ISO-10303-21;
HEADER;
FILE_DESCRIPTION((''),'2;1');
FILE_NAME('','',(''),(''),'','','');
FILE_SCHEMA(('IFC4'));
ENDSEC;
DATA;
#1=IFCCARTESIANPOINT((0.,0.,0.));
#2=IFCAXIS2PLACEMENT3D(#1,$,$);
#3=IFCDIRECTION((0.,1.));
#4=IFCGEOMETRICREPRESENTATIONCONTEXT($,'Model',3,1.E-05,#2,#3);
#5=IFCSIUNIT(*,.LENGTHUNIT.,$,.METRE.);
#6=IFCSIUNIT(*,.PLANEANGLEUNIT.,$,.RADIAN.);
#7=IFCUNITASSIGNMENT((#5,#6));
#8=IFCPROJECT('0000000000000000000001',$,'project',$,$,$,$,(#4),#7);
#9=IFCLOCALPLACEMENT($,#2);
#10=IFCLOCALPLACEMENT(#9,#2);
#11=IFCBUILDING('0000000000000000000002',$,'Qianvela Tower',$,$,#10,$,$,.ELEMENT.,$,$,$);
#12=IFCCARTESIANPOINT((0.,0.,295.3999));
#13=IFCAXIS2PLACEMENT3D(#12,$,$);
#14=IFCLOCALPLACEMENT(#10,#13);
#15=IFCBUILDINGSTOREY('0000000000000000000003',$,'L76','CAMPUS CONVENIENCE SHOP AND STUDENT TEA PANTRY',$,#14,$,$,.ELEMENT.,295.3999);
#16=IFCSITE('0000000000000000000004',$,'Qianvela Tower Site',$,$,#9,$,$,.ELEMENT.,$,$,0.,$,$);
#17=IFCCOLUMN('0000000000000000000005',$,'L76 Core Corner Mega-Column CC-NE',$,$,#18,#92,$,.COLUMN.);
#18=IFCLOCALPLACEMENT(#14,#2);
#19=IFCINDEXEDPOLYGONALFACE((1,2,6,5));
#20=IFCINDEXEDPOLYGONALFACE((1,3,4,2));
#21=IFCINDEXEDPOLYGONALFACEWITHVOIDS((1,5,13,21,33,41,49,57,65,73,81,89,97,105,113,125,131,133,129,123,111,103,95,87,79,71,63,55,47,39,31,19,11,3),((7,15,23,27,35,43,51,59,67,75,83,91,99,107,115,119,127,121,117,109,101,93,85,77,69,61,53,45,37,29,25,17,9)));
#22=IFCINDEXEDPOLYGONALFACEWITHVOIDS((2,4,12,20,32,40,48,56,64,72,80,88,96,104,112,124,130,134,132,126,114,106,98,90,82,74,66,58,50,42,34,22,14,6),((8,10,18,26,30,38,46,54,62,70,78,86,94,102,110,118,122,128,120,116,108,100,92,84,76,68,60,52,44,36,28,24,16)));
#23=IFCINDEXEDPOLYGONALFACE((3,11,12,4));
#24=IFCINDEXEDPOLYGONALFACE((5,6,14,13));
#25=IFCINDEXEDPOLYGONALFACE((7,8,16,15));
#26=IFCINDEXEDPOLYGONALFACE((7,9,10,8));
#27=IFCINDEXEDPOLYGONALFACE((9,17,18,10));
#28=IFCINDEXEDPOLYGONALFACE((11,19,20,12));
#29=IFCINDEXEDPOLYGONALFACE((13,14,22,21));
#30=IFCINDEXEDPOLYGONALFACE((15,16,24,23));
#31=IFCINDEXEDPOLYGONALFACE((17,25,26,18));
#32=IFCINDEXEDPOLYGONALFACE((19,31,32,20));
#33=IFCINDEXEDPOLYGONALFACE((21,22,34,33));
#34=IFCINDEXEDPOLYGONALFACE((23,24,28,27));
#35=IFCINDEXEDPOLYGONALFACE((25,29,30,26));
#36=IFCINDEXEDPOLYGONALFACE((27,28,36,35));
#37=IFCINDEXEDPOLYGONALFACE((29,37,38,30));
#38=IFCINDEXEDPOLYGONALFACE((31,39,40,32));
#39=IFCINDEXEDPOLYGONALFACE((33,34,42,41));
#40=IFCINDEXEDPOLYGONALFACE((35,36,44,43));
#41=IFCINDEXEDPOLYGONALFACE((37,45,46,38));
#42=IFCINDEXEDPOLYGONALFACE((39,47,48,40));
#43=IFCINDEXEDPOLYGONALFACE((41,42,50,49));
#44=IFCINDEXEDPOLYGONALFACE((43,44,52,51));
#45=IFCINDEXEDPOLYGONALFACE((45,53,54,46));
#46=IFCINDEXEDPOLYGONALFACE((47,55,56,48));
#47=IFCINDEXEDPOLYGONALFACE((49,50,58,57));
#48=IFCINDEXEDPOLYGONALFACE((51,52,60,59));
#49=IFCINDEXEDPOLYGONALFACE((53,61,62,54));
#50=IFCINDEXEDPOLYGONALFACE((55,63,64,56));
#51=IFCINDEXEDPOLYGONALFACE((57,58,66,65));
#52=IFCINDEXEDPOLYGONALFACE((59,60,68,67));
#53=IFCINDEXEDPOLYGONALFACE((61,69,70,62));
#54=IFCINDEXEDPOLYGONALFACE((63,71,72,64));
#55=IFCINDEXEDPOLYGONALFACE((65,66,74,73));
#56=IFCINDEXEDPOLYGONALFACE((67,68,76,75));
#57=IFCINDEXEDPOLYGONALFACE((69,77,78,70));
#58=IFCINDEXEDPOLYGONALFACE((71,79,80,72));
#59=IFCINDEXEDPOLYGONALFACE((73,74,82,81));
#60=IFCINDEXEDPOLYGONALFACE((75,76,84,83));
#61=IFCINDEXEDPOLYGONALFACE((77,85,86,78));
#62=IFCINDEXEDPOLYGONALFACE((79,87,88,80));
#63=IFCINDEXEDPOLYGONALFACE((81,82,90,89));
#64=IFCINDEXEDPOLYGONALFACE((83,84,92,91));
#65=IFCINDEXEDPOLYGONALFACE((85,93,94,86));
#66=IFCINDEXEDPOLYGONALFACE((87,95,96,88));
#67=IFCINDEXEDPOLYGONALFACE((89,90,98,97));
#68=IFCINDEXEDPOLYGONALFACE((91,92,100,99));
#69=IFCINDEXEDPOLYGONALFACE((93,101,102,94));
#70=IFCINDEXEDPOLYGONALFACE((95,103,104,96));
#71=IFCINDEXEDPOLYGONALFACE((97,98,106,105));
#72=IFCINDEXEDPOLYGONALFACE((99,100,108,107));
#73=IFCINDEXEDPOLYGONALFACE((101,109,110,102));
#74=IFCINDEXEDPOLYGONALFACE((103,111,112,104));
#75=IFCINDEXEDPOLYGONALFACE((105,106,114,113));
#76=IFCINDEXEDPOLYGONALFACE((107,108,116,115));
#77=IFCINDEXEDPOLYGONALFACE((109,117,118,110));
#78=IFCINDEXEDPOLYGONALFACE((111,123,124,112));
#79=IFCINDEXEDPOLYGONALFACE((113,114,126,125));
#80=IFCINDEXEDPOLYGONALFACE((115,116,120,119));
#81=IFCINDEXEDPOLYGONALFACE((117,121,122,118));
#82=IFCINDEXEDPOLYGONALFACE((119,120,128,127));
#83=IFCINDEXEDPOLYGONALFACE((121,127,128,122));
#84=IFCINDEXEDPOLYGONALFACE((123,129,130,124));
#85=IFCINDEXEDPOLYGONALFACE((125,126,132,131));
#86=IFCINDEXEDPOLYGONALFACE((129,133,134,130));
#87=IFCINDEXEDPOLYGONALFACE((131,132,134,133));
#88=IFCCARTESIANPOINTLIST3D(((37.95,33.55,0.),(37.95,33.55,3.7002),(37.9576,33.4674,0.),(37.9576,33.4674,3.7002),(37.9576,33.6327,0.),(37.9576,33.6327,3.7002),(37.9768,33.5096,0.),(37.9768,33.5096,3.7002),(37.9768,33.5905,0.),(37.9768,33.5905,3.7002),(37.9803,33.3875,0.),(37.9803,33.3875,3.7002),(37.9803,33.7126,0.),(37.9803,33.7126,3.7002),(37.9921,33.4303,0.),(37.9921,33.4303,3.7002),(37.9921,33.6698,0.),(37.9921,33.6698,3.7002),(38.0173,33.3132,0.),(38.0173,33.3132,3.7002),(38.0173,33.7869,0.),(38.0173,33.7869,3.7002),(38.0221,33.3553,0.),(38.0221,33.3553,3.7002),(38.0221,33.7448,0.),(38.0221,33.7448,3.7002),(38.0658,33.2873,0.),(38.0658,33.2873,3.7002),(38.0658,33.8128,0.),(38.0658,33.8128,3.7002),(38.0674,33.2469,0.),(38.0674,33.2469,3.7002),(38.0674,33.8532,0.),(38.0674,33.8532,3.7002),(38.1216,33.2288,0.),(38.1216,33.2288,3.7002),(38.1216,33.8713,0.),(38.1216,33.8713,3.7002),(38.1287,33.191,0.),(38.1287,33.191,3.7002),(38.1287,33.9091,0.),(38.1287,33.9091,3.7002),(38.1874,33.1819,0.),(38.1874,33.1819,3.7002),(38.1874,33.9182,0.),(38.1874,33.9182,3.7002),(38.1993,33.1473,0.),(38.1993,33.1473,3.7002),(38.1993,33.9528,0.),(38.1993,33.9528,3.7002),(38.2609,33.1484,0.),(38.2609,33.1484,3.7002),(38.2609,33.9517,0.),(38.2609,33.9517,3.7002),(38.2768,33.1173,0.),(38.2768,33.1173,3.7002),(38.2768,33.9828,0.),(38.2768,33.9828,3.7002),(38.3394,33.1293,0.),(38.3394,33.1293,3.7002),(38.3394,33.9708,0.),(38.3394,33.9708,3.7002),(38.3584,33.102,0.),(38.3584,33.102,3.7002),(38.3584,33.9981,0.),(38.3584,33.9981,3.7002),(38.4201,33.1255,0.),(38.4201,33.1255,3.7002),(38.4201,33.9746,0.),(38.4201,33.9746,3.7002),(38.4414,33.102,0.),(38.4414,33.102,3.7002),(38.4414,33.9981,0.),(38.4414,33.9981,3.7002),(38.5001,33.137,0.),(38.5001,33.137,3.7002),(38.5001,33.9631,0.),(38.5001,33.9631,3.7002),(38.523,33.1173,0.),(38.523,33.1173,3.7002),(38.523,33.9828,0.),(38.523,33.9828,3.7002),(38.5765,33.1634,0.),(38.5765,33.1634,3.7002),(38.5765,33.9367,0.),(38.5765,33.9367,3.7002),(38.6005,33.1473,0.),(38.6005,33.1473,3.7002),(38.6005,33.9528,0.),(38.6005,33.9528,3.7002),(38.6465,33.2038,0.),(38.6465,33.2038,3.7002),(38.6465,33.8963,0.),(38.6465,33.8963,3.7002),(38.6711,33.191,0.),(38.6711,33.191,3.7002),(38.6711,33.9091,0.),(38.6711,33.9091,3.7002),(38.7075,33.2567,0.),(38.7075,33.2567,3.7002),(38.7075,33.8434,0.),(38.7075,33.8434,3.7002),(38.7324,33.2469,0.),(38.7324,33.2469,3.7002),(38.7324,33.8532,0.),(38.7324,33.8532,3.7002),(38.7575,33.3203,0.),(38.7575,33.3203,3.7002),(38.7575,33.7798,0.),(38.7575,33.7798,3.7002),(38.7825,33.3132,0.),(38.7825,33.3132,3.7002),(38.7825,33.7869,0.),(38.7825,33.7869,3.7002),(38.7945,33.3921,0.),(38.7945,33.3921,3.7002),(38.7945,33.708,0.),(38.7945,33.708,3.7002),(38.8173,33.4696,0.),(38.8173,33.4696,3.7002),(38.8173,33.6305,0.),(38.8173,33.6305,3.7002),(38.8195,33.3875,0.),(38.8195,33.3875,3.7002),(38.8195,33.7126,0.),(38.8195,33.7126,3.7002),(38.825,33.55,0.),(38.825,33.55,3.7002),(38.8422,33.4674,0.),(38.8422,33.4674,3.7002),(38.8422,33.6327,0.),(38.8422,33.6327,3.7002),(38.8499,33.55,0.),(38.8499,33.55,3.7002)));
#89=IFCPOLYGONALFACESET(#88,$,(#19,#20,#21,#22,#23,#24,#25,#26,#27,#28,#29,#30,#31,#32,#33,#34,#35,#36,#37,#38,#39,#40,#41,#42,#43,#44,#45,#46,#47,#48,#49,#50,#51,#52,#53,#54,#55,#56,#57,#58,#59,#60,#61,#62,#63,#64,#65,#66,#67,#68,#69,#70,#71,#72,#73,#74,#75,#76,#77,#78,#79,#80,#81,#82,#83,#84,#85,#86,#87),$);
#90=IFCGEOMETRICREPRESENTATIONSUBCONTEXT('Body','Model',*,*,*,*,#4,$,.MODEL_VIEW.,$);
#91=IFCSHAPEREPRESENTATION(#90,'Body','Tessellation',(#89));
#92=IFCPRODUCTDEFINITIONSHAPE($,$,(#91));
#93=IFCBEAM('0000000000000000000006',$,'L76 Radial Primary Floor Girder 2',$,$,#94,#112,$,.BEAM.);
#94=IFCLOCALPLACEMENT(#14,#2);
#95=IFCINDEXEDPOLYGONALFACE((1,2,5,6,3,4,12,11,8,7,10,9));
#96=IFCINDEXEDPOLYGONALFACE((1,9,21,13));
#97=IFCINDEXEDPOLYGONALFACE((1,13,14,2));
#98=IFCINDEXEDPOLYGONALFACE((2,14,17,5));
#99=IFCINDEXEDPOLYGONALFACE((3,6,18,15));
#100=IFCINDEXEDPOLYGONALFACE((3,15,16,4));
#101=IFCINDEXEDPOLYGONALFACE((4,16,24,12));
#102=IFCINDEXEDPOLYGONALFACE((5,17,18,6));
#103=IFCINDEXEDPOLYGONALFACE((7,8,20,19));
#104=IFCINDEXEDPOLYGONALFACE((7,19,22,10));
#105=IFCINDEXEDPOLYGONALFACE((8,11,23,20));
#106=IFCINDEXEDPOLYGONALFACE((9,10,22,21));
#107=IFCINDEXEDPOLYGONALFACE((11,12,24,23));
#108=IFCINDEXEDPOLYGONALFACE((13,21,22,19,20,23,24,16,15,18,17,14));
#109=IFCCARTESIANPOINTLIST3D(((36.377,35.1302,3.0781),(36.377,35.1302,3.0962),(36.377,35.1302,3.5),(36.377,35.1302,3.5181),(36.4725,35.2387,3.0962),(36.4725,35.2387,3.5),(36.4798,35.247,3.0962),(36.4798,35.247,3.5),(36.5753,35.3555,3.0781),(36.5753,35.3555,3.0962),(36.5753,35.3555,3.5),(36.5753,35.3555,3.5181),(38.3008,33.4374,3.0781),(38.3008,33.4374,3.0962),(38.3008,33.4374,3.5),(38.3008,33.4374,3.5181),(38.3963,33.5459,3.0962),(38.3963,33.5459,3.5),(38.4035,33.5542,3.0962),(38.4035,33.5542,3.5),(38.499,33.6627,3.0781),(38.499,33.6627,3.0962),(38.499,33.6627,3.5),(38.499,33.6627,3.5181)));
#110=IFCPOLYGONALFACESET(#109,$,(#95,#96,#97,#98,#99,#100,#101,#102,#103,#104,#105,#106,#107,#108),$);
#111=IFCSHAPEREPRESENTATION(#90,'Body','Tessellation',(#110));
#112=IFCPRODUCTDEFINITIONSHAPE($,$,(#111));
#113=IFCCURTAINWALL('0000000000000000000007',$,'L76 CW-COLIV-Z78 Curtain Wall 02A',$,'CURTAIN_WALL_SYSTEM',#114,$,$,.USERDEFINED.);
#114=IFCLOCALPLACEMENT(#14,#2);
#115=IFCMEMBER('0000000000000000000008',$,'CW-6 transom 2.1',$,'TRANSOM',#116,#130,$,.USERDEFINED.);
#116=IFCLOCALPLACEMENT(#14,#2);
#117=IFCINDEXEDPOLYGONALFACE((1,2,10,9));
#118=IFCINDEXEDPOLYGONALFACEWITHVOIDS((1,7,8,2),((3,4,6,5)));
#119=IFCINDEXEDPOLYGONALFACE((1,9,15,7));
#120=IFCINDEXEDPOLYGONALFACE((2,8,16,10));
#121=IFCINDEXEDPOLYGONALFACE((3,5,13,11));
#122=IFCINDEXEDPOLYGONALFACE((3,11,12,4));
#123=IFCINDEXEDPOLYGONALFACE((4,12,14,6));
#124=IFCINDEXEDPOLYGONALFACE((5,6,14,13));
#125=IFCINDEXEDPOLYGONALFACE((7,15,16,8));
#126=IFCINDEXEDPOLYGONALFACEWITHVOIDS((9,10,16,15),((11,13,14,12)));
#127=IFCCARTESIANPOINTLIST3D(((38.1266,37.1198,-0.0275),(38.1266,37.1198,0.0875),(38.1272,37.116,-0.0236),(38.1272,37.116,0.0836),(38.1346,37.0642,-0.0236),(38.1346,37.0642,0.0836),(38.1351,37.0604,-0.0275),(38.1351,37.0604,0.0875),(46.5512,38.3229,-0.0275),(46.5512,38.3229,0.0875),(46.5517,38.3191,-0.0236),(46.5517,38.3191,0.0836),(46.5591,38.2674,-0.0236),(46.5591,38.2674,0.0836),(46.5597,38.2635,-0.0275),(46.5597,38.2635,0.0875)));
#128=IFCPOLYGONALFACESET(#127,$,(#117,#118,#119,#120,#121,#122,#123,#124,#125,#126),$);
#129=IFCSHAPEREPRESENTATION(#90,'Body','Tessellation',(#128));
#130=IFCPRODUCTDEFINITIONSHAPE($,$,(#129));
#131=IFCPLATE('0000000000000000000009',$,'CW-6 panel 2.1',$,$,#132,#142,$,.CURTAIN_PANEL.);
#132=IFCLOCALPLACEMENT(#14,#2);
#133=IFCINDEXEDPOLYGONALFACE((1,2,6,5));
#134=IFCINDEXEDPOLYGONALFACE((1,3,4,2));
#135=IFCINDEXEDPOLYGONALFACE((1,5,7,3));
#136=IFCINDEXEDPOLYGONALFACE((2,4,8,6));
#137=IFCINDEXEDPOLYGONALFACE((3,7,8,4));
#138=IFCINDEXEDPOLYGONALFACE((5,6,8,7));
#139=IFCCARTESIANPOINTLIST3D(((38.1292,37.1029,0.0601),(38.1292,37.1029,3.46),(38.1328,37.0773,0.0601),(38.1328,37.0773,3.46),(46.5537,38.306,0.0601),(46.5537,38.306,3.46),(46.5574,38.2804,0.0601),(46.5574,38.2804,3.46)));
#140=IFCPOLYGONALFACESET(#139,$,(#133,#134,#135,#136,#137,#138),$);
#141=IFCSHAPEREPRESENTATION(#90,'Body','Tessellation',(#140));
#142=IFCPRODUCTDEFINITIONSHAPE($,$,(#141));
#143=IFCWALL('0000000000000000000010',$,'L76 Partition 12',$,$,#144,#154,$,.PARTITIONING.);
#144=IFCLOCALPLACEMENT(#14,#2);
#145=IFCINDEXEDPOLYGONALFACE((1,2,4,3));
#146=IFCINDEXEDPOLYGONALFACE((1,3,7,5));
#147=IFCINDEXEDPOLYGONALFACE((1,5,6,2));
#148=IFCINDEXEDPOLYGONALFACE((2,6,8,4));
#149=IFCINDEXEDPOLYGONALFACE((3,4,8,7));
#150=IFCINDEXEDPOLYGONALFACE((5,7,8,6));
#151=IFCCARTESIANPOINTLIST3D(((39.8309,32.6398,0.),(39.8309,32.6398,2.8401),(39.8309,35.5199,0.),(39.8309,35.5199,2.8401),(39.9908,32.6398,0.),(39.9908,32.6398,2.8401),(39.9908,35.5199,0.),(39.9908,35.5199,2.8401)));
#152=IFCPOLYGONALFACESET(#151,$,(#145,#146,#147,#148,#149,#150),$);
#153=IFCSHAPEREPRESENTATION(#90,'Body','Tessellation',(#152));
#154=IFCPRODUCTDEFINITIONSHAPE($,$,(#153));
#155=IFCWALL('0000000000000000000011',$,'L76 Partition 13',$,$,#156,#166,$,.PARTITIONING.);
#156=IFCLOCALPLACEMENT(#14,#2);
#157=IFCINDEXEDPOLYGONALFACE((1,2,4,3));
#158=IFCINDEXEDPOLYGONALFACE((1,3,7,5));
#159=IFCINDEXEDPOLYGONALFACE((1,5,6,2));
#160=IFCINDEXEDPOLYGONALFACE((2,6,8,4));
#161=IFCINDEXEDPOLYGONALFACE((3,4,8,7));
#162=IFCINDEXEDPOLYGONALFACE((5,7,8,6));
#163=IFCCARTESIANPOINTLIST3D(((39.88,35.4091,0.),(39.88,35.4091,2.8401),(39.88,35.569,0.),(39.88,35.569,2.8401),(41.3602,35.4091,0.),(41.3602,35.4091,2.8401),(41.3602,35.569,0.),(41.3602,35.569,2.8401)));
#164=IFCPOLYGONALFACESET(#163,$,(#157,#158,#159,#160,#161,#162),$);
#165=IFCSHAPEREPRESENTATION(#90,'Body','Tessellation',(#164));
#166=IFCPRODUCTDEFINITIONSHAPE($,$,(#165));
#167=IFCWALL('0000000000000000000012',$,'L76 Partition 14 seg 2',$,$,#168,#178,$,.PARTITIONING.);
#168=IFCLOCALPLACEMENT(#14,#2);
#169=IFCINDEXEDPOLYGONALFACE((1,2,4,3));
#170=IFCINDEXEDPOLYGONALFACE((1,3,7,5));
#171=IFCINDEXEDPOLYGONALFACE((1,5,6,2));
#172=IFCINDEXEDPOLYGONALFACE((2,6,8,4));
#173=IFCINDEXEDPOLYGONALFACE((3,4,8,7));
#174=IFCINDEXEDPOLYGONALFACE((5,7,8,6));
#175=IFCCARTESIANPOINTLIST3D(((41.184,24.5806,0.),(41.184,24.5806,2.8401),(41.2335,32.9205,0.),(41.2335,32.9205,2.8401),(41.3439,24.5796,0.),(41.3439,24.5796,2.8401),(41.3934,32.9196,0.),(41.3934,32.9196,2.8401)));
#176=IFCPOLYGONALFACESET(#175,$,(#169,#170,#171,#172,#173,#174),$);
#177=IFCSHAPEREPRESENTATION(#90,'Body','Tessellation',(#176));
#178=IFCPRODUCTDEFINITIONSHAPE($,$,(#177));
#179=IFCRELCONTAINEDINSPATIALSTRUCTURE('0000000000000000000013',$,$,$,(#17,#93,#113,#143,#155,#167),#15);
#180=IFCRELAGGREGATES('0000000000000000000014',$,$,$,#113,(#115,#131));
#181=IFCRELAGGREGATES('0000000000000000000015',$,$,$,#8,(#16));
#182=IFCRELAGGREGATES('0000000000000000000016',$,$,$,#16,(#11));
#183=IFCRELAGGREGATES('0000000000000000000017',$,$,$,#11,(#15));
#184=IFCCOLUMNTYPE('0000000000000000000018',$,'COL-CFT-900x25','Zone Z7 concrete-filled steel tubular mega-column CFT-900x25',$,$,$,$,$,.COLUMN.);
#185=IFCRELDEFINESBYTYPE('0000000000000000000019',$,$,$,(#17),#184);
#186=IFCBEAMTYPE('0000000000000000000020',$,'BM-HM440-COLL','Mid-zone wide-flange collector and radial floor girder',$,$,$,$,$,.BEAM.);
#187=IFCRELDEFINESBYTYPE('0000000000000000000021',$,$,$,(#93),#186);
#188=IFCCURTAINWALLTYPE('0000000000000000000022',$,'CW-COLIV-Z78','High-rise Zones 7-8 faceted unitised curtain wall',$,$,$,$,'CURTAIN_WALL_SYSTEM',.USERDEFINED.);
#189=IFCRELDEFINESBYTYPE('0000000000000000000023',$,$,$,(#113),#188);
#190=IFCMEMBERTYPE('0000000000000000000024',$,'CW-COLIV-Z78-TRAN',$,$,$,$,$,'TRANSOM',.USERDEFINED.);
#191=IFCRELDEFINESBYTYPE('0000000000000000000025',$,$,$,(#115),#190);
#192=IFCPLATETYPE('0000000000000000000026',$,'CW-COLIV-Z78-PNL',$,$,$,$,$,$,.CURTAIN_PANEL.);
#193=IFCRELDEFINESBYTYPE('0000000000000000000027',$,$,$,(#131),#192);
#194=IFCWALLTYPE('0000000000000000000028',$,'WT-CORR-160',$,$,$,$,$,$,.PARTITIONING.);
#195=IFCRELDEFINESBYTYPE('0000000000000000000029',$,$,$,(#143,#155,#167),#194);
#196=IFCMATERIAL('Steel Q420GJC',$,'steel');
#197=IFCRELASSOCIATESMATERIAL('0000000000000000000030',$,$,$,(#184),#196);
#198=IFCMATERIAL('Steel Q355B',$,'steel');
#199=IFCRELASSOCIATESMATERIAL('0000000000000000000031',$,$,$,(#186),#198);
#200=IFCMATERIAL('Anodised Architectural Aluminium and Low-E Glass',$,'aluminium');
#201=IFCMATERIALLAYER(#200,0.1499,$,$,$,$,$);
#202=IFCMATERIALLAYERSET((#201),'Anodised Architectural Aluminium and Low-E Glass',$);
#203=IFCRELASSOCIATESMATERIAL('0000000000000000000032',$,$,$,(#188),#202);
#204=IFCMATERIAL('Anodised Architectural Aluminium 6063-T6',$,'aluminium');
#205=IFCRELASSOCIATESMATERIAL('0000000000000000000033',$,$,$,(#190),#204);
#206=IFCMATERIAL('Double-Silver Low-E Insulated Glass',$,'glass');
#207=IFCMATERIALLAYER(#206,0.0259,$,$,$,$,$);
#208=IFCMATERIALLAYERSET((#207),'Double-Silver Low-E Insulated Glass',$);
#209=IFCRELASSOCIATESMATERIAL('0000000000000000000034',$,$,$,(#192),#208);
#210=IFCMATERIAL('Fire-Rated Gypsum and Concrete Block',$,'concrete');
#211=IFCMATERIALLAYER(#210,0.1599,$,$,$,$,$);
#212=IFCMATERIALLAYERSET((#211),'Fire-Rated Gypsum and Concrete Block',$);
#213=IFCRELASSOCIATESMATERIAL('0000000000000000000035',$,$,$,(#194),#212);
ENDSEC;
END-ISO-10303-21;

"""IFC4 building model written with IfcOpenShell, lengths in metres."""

from ifc_helpers import new_model, si_unit, direction, frame, frame_2d, origin, origin_2d, place, context, subcontext, project, spatial, rectangle, hollow_rectangle, hollow_circle, i_section, extrude, material, layer, layer_set, material_profile, profile_set, type_object, element, aggregate, save


model = new_model("IFC4")

# Units and contexts
model_context = context("Model", 3, precision=1e-05, world=origin(), true_north=direction((0.0, 1.0)))
body_context = subcontext(model_context, "Body", "Model", "MODEL_VIEW")
ifc_project = project(units=[si_unit("LENGTHUNIT", "METRE"), si_unit("PLANEANGLEUNIT", "RADIAN")], contexts=[model_context])

# Site, building, storey
site_placement = place(None, origin())
site = spatial("IfcSite", under=ifc_project, at=site_placement, Name="Qianvela Tower Site", CompositionType="ELEMENT", RefElevation=0.0)
building_placement = place(site_placement, origin())
building = spatial("IfcBuilding", under=site, at=building_placement, Name="Qianvela Tower", CompositionType="ELEMENT")
storey_placement = place(building_placement, frame((0.0, 0.0, 295.3999)))
storey = spatial("IfcBuildingStorey", under=building, at=storey_placement, Name="L76", Description="CAMPUS CONVENIENCE SHOP AND STUDENT TEA PANTRY", CompositionType="ELEMENT", Elevation=295.3999)

# Column
ifc_material_1 = material(Name="Steel Q420GJC", Category="steel")
ifc_material_profile_1 = material_profile(ifc_material_1, hollow_circle(Radius=0.45, WallThickness=0.0249, at=origin_2d()), Name="CFT-900x25")
ifc_profile_set_1 = profile_set([ifc_material_profile_1], Name="Steel Q420GJC")
column_type = type_object("IfcColumnType", Name="COL-CFT-900x25", Description="Zone Z7 concrete-filled steel tubular mega-column CFT-900x25", PredefinedType="COLUMN", material=ifc_profile_set_1)
column_placement = place(storey_placement, frame((38.3999, 33.55, 0.0), z_axis=(0.0, 0.0, 1.0), x_axis=(1.0, 0.0, 0.0)))
element("IfcColumn", 1, at=column_placement, inside=storey, type_object=column_type, Name="L76 Core Corner Mega-Column CC-NE", PredefinedType="COLUMN", context=body_context, shape_type="SweptSolid", body=[
    extrude(hollow_circle(Radius=0.45, WallThickness=0.0249, at=origin_2d()), origin(), (0.0, 0.0, 1.0), 3.7002),
])

# Beam
ifc_material_2 = material(Name="Steel Q355B", Category="steel")
ifc_material_profile_2 = material_profile(ifc_material_2, i_section(OverallWidth=0.3, OverallDepth=0.4399, WebThickness=0.011, FlangeThickness=0.0181, at=origin_2d()), Name="HM440x300x11x18")
ifc_profile_set_2 = profile_set([ifc_material_profile_2], Name="Steel Q355B")
beam_type = type_object("IfcBeamType", Name="BM-HM440-COLL", Description="Mid-zone wide-flange collector and radial floor girder", PredefinedType="BEAM", material=ifc_profile_set_2)
beam_placement = place(storey_placement, frame((38.3999, 33.55, 3.2981), z_axis=(-0.750732, 0.660606, 0.0), x_axis=(-0.660606, -0.750732, 0.0)))
element("IfcBeam", 2, at=beam_placement, inside=storey, type_object=beam_type, Name="L76 Radial Primary Floor Girder 2", PredefinedType="BEAM", context=body_context, shape_type="SweptSolid", body=[
    extrude(i_section(OverallWidth=0.3, OverallDepth=0.4399, WebThickness=0.011, FlangeThickness=0.0181, at=origin_2d()), origin(), (0.0, 0.0, 1.0), 2.5625),
])

# Curtain wall, member, plate
ifc_material_3 = material(Name="Anodised Architectural Aluminium and Low-E Glass", Category="aluminium")
ifc_layer_1 = layer(ifc_material_3, 0.1499)
ifc_layer_set_1 = layer_set([ifc_layer_1], Name="Anodised Architectural Aluminium and Low-E Glass")
curtain_wall_type = type_object("IfcCurtainWallType", Name="CW-COLIV-Z78", Description="High-rise Zones 7-8 faceted unitised curtain wall", ElementType="CURTAIN_WALL_SYSTEM", PredefinedType="USERDEFINED", material=ifc_layer_set_1)
curtain_wall_placement = place(storey_placement, origin())
curtain_wall = element("IfcCurtainWall", 3, at=curtain_wall_placement, inside=storey, type_object=curtain_wall_type, Name="L76 CW-COLIV-Z78 Curtain Wall 02A", ObjectType="CURTAIN_WALL_SYSTEM", PredefinedType="USERDEFINED")
ifc_material_4 = material(Name="Anodised Architectural Aluminium 6063-T6", Category="aluminium")
ifc_material_profile_3 = material_profile(ifc_material_4, hollow_rectangle(XDim=0.0601, YDim=0.115, WallThickness=0.0039, at=origin_2d()), Name="ALU-TRAN-60x115")
ifc_profile_set_3 = profile_set([ifc_material_profile_3], Name="Anodised Architectural Aluminium 6063-T6")
member_type = type_object("IfcMemberType", Name="CW-COLIV-Z78-TRAN", ElementType="TRANSOM", PredefinedType="USERDEFINED", material=ifc_profile_set_3)
member_placement = place(storey_placement, frame((46.5554, 38.2932, 0.03), z_axis=(-0.989956, -0.141377, 0.0), x_axis=(0.141377, -0.989956, 0.0)))
member = element("IfcMember", 4, at=member_placement, type_object=member_type, Name="CW-6 transom 2.1", ObjectType="TRANSOM", PredefinedType="USERDEFINED", context=body_context, shape_type="SweptSolid", body=[
    extrude(hollow_rectangle(XDim=0.0601, YDim=0.115, WallThickness=0.0039, at=origin_2d()), origin(), (0.0, 0.0, 1.0), 8.51),
])
ifc_material_5 = material(Name="Double-Silver Low-E Insulated Glass", Category="glass")
ifc_layer_2 = layer(ifc_material_5, 0.0259)
ifc_layer_set_2 = layer_set([ifc_layer_2], Name="Double-Silver Low-E Insulated Glass")
plate_type = type_object("IfcPlateType", Name="CW-COLIV-Z78-PNL", PredefinedType="CURTAIN_PANEL", material=ifc_layer_set_2)
plate_placement = place(storey_placement, frame((42.3433, 37.6917, 0.0601), z_axis=(0.0, 0.0, 1.0), x_axis=(-0.989957, -0.141366, 0.0)))
plate = element("IfcPlate", 5, at=plate_placement, type_object=plate_type, Name="CW-6 panel 2.1", PredefinedType="CURTAIN_PANEL", context=body_context, shape_type="SweptSolid", body=[
    extrude(rectangle(XDim=8.51, YDim=0.0259, at=origin_2d()), origin(), (0.0, 0.0, 1.0), 3.3999),
])
aggregate(curtain_wall, [member, plate])

# Walls
ifc_material_6 = material(Name="Fire-Rated Gypsum and Concrete Block", Category="concrete")
ifc_layer_3 = layer(ifc_material_6, 0.1599)
ifc_layer_set_3 = layer_set([ifc_layer_3], Name="Fire-Rated Gypsum and Concrete Block")
wall_type_1 = type_object("IfcWallType", Name="WT-CORR-160", PredefinedType="PARTITIONING", material=ifc_layer_set_3)
wall_1_placement = place(storey_placement, frame((39.9109, 32.6399, 0.0), z_axis=(0.0, 0.0, 1.0), x_axis=(0.0, 1.0, 0.0)))
element("IfcWall", 6, at=wall_1_placement, inside=storey, type_object=wall_type_1, Name="L76 Partition 12", PredefinedType="PARTITIONING", context=body_context, shape_type="SweptSolid", body=[
    extrude(rectangle(XDim=2.8801, YDim=0.1599, at=frame_2d((1.4399, 0.0))), origin(), (0.0, 0.0, 1.0), 2.8401),
])
wall_2_placement = place(storey_placement, frame((39.8799, 35.489, 0.0), z_axis=(0.0, 0.0, 1.0), x_axis=(1.0, 0.0, 0.0)))
element("IfcWall", 7, at=wall_2_placement, inside=storey, type_object=wall_type_1, Name="L76 Partition 13", PredefinedType="PARTITIONING", context=body_context, shape_type="SweptSolid", body=[
    extrude(rectangle(XDim=1.4802, YDim=0.1599, at=frame_2d((0.7402, 0.0))), origin(), (0.0, 0.0, 1.0), 2.8401),
])
wall_3_placement = place(storey_placement, frame((41.3135, 32.9199, 0.0), z_axis=(0.0, 0.0, 1.0), x_axis=(-0.005943, -0.999982, 0.0)))
element("IfcWall", 8, at=wall_3_placement, inside=storey, type_object=wall_type_1, Name="L76 Partition 14 seg 2", PredefinedType="PARTITIONING", context=body_context, shape_type="SweptSolid", body=[
    extrude(rectangle(XDim=8.3401, YDim=0.1599, at=frame_2d((4.1699, 0.0))), origin(), (0.0, 0.0, 1.0), 2.8401),
])

save(model, "model.ifc")
